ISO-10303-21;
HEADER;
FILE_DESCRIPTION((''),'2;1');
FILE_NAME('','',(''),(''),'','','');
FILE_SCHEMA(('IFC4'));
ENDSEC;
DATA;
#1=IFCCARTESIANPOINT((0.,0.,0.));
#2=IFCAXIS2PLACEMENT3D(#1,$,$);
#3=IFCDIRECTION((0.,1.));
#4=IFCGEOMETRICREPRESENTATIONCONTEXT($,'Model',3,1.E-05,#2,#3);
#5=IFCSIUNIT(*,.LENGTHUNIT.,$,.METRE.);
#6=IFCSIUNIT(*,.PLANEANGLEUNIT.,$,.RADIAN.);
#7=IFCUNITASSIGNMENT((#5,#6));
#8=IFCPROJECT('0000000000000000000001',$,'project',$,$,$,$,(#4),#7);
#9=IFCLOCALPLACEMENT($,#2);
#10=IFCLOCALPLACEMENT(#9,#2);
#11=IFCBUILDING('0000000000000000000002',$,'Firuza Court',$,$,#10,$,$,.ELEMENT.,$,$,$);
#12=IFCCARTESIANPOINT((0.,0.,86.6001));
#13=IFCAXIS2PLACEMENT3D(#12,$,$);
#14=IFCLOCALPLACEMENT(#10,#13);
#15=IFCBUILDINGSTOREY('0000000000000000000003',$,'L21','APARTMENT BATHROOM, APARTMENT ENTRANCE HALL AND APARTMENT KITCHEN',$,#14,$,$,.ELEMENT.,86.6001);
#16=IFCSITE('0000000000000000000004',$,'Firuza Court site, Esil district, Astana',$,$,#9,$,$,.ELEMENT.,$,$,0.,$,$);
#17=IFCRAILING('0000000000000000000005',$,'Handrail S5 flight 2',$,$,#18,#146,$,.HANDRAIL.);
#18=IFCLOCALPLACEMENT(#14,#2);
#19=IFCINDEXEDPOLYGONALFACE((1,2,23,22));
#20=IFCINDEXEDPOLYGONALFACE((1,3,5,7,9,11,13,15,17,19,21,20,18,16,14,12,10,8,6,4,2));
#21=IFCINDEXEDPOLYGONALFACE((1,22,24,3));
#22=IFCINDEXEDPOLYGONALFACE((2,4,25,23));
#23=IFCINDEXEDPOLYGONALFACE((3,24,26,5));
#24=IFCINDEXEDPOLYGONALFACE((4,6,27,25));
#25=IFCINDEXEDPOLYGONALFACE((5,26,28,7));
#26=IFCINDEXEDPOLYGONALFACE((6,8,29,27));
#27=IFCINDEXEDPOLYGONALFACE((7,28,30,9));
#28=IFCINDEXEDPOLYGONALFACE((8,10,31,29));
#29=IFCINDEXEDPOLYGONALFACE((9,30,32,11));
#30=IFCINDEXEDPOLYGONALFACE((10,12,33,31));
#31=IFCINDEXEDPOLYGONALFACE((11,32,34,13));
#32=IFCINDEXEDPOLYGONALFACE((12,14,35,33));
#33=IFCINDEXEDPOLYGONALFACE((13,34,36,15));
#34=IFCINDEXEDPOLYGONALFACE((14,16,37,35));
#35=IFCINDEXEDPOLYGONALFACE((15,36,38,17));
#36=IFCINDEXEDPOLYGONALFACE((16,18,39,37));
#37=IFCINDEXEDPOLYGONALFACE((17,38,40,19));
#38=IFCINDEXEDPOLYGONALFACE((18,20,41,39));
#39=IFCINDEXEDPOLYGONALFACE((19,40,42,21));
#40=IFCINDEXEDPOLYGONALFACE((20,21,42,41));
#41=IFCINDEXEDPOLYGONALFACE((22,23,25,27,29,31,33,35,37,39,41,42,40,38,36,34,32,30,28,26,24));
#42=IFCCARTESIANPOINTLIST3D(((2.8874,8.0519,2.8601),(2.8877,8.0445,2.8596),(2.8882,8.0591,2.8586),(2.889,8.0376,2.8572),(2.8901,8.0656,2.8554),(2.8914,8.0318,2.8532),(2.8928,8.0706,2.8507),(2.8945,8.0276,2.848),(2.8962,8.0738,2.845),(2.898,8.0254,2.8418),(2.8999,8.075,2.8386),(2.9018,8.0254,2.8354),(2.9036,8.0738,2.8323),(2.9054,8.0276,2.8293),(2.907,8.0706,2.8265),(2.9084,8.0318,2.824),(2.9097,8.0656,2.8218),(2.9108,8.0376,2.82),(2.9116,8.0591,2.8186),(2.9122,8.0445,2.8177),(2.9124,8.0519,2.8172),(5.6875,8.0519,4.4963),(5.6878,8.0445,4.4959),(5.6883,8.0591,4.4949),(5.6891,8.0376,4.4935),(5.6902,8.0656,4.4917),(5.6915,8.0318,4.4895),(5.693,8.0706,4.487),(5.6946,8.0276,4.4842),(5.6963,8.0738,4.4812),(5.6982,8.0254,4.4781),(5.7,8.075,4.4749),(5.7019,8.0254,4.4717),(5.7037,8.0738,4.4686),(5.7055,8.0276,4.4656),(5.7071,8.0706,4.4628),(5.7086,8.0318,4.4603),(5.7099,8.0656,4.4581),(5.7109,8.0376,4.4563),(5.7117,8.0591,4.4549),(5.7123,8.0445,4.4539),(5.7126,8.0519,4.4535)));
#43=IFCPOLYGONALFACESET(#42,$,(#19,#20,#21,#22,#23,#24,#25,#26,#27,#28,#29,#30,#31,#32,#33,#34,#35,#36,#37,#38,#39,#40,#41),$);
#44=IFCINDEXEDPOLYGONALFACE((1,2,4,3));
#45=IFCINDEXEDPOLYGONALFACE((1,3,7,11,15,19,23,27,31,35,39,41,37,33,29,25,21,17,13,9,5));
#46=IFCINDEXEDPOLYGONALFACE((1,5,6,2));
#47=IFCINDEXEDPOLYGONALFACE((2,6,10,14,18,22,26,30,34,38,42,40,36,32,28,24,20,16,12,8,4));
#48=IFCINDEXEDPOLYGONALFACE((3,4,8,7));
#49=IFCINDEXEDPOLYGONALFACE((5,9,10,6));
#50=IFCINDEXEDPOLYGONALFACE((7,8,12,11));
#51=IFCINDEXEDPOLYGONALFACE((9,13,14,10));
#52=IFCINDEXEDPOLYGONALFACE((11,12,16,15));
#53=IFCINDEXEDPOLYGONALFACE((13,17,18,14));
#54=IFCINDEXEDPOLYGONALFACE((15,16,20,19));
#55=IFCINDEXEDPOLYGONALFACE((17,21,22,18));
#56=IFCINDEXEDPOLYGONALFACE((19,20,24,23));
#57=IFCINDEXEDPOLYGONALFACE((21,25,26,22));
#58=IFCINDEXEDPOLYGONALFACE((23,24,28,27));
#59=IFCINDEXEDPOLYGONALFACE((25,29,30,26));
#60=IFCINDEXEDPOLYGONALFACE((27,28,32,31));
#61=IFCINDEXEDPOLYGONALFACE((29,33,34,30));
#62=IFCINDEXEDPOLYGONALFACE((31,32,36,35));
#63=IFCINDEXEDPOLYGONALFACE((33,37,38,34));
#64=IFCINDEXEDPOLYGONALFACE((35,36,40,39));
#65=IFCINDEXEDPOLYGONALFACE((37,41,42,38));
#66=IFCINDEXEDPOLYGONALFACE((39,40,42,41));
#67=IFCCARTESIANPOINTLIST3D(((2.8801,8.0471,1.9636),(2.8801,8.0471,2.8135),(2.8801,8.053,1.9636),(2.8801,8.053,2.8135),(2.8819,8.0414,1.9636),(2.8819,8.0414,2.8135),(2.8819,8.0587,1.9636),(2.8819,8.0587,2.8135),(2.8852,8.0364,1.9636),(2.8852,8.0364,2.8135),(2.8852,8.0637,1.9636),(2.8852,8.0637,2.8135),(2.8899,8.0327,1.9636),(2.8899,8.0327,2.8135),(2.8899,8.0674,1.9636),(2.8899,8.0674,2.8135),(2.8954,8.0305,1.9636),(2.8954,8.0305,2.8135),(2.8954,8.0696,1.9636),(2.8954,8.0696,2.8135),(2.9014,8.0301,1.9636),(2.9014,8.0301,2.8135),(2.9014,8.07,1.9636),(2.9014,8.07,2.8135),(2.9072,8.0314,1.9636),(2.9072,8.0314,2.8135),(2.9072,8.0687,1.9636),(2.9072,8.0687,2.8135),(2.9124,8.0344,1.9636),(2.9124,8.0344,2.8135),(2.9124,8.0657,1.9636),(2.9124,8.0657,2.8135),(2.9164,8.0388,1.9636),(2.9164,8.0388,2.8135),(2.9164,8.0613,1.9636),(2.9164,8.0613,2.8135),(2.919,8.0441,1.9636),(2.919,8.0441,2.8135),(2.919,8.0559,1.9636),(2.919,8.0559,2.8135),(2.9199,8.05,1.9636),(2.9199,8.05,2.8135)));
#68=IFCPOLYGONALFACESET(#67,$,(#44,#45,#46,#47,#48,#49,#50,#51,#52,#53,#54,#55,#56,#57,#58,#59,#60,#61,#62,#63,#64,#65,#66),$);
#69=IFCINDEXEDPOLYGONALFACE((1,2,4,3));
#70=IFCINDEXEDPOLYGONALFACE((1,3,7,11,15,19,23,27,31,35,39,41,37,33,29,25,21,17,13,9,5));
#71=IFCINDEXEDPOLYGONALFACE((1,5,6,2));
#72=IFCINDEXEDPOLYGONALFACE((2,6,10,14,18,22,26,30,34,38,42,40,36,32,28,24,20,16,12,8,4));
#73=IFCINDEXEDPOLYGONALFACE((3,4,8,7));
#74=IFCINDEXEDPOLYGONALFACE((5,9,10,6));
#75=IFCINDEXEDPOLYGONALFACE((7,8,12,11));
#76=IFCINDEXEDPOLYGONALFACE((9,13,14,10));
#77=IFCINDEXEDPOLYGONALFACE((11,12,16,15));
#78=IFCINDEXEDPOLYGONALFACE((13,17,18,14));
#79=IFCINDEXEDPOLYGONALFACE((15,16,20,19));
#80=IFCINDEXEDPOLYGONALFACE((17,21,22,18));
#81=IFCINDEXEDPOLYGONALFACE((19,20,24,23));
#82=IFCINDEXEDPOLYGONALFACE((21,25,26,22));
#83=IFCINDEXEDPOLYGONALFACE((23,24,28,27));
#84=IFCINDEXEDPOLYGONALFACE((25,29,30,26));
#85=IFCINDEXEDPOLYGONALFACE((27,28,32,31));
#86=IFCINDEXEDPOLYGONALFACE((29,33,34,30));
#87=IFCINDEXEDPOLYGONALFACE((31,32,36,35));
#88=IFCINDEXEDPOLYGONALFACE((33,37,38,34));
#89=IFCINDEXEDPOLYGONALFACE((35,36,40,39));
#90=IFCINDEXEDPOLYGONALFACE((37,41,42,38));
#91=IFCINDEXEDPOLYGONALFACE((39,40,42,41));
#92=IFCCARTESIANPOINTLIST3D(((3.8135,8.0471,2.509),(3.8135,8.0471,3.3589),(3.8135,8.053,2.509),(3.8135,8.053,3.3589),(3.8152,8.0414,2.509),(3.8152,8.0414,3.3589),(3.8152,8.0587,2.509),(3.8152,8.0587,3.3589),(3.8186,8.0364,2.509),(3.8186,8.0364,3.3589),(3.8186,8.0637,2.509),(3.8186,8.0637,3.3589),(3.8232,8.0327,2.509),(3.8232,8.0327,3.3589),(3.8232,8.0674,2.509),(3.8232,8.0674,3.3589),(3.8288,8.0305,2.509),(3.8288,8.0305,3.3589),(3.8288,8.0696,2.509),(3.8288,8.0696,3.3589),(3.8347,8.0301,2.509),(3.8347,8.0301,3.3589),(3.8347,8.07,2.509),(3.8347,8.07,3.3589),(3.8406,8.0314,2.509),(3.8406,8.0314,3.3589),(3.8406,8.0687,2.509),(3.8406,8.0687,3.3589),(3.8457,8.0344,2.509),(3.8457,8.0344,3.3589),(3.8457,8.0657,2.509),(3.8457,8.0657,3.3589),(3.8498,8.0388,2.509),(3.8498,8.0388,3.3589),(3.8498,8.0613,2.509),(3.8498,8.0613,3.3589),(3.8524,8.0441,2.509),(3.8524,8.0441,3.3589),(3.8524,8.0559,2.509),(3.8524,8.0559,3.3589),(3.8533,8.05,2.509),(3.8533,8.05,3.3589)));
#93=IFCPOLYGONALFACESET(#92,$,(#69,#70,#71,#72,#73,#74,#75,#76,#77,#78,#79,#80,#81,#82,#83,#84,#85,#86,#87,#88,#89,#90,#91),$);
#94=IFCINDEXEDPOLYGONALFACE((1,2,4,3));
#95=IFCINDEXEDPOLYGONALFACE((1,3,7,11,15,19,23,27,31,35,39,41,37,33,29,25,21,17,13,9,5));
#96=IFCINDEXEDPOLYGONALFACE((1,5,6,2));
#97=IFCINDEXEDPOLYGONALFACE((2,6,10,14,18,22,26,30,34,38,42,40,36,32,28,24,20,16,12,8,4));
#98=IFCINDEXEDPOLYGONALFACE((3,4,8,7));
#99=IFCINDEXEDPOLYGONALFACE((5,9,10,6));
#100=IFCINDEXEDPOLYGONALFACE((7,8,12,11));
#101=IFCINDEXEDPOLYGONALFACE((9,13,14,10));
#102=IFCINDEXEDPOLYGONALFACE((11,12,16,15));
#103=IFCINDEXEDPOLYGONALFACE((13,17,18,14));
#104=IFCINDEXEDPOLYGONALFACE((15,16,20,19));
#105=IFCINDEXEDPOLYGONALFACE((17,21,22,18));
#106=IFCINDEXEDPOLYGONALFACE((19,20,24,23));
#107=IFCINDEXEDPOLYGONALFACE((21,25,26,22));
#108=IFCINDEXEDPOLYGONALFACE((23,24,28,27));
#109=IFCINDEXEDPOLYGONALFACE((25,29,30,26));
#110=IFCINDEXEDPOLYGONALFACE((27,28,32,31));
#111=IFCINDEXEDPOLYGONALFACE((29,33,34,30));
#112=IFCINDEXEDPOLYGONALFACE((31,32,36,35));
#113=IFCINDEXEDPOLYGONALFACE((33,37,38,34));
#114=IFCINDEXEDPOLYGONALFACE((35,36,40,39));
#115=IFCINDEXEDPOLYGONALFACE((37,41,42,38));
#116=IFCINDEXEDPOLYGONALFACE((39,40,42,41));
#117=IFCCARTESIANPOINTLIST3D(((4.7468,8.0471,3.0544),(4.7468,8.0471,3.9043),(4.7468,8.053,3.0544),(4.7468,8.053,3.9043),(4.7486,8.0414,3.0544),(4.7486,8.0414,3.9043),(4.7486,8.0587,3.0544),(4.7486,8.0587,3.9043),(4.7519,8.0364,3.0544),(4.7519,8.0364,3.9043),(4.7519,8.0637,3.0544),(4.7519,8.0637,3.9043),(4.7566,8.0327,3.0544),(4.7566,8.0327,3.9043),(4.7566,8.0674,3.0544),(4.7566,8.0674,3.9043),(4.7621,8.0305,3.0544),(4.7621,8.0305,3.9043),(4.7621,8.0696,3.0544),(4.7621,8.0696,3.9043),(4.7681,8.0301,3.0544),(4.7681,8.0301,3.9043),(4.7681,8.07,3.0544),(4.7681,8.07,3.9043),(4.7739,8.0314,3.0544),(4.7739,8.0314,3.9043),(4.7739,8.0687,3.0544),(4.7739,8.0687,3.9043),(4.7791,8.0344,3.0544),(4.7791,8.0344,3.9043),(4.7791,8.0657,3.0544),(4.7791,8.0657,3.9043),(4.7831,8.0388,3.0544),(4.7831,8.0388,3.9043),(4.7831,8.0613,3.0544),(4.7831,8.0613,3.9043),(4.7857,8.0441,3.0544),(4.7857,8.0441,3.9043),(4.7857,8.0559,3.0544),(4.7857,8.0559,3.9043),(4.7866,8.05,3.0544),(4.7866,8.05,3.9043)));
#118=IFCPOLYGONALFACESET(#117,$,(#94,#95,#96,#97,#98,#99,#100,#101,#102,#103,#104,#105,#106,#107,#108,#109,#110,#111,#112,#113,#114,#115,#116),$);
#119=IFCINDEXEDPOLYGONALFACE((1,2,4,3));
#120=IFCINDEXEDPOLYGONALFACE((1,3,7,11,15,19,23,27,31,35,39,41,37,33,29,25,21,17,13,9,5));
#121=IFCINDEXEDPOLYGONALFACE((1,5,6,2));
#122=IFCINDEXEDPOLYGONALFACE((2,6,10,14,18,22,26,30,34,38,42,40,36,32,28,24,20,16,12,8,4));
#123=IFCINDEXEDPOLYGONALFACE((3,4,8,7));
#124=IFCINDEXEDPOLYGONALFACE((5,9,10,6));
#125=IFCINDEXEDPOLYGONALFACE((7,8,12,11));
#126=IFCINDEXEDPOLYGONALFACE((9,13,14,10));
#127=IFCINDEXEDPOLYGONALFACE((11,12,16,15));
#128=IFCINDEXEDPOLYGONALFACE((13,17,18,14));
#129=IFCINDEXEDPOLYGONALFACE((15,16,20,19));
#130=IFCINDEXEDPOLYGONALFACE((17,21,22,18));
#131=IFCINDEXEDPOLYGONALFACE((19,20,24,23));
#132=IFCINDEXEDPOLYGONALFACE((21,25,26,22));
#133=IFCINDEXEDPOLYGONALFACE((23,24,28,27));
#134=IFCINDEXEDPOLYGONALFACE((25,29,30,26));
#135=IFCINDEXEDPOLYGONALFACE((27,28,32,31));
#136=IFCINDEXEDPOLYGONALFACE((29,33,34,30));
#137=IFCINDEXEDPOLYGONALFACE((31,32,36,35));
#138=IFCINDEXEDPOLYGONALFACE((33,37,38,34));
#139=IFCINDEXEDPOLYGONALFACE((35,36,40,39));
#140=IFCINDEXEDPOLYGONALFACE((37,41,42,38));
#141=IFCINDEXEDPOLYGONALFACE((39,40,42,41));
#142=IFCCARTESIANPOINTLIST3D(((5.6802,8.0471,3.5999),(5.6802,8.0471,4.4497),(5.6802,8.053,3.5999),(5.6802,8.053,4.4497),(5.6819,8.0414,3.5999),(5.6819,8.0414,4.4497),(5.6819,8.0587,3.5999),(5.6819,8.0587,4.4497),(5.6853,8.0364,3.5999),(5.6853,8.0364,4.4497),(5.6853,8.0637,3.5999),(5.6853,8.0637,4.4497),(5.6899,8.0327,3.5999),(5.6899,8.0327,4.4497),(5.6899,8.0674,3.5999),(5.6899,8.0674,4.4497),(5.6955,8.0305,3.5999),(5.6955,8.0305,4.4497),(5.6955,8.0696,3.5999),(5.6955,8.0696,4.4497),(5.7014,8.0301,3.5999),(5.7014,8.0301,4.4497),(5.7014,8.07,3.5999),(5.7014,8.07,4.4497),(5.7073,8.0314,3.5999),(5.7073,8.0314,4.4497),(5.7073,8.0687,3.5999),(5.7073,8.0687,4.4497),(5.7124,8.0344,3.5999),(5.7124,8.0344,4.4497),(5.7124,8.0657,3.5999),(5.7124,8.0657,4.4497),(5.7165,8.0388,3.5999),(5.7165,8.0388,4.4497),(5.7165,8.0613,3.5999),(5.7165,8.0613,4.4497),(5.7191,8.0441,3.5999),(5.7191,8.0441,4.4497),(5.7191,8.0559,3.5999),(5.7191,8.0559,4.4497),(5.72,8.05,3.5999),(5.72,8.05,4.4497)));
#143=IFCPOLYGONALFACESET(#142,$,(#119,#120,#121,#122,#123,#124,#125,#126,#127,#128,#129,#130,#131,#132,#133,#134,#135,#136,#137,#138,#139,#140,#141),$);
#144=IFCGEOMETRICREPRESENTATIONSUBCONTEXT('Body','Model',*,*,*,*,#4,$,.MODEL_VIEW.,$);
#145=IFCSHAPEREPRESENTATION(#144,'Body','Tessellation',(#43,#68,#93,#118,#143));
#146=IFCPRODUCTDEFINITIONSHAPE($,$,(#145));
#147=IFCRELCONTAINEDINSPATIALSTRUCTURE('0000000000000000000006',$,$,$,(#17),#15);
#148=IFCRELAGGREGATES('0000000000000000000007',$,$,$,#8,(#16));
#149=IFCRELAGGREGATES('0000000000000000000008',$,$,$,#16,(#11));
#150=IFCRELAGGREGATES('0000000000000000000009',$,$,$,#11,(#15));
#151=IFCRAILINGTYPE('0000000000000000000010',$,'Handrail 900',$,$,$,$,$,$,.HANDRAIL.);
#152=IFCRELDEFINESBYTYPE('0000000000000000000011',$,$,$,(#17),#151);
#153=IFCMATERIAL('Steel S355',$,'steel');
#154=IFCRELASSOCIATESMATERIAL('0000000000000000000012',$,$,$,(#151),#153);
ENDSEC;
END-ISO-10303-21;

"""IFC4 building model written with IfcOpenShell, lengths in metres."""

from ifc_helpers import new_model, si_unit, direction, frame, origin, origin_2d, place, context, subcontext, project, spatial, circle, extrude, material, type_object, element, save


model = new_model("IFC4")

# Units and contexts
model_context = context("Model", 3, precision=1e-05, world=origin(), true_north=direction((0.0, 1.0)))
body_context = subcontext(model_context, "Body", "Model", "MODEL_VIEW")
ifc_project = project(units=[si_unit("LENGTHUNIT", "METRE"), si_unit("PLANEANGLEUNIT", "RADIAN")], contexts=[model_context])

# Site, building, storey
site_placement = place(None, origin())
site = spatial("IfcSite", under=ifc_project, at=site_placement, Name="Firuza Court site, Esil district, Astana", CompositionType="ELEMENT", RefElevation=0.0)
building_placement = place(site_placement, origin())
building = spatial("IfcBuilding", under=site, at=building_placement, Name="Firuza Court", CompositionType="ELEMENT")
storey_placement = place(building_placement, frame((0.0, 0.0, 86.6001)))
storey = spatial("IfcBuildingStorey", under=building, at=storey_placement, Name="L21", Description="APARTMENT BATHROOM, APARTMENT ENTRANCE HALL AND APARTMENT KITCHEN", CompositionType="ELEMENT", Elevation=86.6001)

# Railing
ifc_material_1 = material(Name="Steel S355", Category="steel")
railing_type_1 = type_object("IfcRailingType", Name="Handrail 900", PredefinedType="HANDRAIL", material=ifc_material_1)
railing_1_placement = place(storey_placement, frame((2.8999, 8.05, 1.9636)))
element("IfcRailing", 1, at=railing_1_placement, inside=storey, type_object=railing_type_1, Name="Handrail S5 flight 2", PredefinedType="HANDRAIL", context=body_context, shape_type="SweptSolid", body=[
    extrude(circle(Radius=0.0249, at=origin_2d()), frame((0.0, 0.0, 0.875), z_axis=(0.863394, 0.0, 0.504531), x_axis=(0.0, 1.0, 0.0)), (0.0, 0.0, 1.0), 3.2432),
    extrude(circle(Radius=0.02, at=origin_2d()), origin(), (0.0, 0.0, 1.0), 0.8499),
    extrude(circle(Radius=0.02, at=origin_2d()), frame((0.9333, 0.0, 0.5454)), (0.0, 0.0, 1.0), 0.8499),
    extrude(circle(Radius=0.02, at=origin_2d()), frame((1.8667, 0.0, 1.0908)), (0.0, 0.0, 1.0), 0.8499),
    extrude(circle(Radius=0.02, at=origin_2d()), frame((2.8, 0.0, 1.6362)), (0.0, 0.0, 1.0), 0.8499),
])

save(model, "model.ifc")
